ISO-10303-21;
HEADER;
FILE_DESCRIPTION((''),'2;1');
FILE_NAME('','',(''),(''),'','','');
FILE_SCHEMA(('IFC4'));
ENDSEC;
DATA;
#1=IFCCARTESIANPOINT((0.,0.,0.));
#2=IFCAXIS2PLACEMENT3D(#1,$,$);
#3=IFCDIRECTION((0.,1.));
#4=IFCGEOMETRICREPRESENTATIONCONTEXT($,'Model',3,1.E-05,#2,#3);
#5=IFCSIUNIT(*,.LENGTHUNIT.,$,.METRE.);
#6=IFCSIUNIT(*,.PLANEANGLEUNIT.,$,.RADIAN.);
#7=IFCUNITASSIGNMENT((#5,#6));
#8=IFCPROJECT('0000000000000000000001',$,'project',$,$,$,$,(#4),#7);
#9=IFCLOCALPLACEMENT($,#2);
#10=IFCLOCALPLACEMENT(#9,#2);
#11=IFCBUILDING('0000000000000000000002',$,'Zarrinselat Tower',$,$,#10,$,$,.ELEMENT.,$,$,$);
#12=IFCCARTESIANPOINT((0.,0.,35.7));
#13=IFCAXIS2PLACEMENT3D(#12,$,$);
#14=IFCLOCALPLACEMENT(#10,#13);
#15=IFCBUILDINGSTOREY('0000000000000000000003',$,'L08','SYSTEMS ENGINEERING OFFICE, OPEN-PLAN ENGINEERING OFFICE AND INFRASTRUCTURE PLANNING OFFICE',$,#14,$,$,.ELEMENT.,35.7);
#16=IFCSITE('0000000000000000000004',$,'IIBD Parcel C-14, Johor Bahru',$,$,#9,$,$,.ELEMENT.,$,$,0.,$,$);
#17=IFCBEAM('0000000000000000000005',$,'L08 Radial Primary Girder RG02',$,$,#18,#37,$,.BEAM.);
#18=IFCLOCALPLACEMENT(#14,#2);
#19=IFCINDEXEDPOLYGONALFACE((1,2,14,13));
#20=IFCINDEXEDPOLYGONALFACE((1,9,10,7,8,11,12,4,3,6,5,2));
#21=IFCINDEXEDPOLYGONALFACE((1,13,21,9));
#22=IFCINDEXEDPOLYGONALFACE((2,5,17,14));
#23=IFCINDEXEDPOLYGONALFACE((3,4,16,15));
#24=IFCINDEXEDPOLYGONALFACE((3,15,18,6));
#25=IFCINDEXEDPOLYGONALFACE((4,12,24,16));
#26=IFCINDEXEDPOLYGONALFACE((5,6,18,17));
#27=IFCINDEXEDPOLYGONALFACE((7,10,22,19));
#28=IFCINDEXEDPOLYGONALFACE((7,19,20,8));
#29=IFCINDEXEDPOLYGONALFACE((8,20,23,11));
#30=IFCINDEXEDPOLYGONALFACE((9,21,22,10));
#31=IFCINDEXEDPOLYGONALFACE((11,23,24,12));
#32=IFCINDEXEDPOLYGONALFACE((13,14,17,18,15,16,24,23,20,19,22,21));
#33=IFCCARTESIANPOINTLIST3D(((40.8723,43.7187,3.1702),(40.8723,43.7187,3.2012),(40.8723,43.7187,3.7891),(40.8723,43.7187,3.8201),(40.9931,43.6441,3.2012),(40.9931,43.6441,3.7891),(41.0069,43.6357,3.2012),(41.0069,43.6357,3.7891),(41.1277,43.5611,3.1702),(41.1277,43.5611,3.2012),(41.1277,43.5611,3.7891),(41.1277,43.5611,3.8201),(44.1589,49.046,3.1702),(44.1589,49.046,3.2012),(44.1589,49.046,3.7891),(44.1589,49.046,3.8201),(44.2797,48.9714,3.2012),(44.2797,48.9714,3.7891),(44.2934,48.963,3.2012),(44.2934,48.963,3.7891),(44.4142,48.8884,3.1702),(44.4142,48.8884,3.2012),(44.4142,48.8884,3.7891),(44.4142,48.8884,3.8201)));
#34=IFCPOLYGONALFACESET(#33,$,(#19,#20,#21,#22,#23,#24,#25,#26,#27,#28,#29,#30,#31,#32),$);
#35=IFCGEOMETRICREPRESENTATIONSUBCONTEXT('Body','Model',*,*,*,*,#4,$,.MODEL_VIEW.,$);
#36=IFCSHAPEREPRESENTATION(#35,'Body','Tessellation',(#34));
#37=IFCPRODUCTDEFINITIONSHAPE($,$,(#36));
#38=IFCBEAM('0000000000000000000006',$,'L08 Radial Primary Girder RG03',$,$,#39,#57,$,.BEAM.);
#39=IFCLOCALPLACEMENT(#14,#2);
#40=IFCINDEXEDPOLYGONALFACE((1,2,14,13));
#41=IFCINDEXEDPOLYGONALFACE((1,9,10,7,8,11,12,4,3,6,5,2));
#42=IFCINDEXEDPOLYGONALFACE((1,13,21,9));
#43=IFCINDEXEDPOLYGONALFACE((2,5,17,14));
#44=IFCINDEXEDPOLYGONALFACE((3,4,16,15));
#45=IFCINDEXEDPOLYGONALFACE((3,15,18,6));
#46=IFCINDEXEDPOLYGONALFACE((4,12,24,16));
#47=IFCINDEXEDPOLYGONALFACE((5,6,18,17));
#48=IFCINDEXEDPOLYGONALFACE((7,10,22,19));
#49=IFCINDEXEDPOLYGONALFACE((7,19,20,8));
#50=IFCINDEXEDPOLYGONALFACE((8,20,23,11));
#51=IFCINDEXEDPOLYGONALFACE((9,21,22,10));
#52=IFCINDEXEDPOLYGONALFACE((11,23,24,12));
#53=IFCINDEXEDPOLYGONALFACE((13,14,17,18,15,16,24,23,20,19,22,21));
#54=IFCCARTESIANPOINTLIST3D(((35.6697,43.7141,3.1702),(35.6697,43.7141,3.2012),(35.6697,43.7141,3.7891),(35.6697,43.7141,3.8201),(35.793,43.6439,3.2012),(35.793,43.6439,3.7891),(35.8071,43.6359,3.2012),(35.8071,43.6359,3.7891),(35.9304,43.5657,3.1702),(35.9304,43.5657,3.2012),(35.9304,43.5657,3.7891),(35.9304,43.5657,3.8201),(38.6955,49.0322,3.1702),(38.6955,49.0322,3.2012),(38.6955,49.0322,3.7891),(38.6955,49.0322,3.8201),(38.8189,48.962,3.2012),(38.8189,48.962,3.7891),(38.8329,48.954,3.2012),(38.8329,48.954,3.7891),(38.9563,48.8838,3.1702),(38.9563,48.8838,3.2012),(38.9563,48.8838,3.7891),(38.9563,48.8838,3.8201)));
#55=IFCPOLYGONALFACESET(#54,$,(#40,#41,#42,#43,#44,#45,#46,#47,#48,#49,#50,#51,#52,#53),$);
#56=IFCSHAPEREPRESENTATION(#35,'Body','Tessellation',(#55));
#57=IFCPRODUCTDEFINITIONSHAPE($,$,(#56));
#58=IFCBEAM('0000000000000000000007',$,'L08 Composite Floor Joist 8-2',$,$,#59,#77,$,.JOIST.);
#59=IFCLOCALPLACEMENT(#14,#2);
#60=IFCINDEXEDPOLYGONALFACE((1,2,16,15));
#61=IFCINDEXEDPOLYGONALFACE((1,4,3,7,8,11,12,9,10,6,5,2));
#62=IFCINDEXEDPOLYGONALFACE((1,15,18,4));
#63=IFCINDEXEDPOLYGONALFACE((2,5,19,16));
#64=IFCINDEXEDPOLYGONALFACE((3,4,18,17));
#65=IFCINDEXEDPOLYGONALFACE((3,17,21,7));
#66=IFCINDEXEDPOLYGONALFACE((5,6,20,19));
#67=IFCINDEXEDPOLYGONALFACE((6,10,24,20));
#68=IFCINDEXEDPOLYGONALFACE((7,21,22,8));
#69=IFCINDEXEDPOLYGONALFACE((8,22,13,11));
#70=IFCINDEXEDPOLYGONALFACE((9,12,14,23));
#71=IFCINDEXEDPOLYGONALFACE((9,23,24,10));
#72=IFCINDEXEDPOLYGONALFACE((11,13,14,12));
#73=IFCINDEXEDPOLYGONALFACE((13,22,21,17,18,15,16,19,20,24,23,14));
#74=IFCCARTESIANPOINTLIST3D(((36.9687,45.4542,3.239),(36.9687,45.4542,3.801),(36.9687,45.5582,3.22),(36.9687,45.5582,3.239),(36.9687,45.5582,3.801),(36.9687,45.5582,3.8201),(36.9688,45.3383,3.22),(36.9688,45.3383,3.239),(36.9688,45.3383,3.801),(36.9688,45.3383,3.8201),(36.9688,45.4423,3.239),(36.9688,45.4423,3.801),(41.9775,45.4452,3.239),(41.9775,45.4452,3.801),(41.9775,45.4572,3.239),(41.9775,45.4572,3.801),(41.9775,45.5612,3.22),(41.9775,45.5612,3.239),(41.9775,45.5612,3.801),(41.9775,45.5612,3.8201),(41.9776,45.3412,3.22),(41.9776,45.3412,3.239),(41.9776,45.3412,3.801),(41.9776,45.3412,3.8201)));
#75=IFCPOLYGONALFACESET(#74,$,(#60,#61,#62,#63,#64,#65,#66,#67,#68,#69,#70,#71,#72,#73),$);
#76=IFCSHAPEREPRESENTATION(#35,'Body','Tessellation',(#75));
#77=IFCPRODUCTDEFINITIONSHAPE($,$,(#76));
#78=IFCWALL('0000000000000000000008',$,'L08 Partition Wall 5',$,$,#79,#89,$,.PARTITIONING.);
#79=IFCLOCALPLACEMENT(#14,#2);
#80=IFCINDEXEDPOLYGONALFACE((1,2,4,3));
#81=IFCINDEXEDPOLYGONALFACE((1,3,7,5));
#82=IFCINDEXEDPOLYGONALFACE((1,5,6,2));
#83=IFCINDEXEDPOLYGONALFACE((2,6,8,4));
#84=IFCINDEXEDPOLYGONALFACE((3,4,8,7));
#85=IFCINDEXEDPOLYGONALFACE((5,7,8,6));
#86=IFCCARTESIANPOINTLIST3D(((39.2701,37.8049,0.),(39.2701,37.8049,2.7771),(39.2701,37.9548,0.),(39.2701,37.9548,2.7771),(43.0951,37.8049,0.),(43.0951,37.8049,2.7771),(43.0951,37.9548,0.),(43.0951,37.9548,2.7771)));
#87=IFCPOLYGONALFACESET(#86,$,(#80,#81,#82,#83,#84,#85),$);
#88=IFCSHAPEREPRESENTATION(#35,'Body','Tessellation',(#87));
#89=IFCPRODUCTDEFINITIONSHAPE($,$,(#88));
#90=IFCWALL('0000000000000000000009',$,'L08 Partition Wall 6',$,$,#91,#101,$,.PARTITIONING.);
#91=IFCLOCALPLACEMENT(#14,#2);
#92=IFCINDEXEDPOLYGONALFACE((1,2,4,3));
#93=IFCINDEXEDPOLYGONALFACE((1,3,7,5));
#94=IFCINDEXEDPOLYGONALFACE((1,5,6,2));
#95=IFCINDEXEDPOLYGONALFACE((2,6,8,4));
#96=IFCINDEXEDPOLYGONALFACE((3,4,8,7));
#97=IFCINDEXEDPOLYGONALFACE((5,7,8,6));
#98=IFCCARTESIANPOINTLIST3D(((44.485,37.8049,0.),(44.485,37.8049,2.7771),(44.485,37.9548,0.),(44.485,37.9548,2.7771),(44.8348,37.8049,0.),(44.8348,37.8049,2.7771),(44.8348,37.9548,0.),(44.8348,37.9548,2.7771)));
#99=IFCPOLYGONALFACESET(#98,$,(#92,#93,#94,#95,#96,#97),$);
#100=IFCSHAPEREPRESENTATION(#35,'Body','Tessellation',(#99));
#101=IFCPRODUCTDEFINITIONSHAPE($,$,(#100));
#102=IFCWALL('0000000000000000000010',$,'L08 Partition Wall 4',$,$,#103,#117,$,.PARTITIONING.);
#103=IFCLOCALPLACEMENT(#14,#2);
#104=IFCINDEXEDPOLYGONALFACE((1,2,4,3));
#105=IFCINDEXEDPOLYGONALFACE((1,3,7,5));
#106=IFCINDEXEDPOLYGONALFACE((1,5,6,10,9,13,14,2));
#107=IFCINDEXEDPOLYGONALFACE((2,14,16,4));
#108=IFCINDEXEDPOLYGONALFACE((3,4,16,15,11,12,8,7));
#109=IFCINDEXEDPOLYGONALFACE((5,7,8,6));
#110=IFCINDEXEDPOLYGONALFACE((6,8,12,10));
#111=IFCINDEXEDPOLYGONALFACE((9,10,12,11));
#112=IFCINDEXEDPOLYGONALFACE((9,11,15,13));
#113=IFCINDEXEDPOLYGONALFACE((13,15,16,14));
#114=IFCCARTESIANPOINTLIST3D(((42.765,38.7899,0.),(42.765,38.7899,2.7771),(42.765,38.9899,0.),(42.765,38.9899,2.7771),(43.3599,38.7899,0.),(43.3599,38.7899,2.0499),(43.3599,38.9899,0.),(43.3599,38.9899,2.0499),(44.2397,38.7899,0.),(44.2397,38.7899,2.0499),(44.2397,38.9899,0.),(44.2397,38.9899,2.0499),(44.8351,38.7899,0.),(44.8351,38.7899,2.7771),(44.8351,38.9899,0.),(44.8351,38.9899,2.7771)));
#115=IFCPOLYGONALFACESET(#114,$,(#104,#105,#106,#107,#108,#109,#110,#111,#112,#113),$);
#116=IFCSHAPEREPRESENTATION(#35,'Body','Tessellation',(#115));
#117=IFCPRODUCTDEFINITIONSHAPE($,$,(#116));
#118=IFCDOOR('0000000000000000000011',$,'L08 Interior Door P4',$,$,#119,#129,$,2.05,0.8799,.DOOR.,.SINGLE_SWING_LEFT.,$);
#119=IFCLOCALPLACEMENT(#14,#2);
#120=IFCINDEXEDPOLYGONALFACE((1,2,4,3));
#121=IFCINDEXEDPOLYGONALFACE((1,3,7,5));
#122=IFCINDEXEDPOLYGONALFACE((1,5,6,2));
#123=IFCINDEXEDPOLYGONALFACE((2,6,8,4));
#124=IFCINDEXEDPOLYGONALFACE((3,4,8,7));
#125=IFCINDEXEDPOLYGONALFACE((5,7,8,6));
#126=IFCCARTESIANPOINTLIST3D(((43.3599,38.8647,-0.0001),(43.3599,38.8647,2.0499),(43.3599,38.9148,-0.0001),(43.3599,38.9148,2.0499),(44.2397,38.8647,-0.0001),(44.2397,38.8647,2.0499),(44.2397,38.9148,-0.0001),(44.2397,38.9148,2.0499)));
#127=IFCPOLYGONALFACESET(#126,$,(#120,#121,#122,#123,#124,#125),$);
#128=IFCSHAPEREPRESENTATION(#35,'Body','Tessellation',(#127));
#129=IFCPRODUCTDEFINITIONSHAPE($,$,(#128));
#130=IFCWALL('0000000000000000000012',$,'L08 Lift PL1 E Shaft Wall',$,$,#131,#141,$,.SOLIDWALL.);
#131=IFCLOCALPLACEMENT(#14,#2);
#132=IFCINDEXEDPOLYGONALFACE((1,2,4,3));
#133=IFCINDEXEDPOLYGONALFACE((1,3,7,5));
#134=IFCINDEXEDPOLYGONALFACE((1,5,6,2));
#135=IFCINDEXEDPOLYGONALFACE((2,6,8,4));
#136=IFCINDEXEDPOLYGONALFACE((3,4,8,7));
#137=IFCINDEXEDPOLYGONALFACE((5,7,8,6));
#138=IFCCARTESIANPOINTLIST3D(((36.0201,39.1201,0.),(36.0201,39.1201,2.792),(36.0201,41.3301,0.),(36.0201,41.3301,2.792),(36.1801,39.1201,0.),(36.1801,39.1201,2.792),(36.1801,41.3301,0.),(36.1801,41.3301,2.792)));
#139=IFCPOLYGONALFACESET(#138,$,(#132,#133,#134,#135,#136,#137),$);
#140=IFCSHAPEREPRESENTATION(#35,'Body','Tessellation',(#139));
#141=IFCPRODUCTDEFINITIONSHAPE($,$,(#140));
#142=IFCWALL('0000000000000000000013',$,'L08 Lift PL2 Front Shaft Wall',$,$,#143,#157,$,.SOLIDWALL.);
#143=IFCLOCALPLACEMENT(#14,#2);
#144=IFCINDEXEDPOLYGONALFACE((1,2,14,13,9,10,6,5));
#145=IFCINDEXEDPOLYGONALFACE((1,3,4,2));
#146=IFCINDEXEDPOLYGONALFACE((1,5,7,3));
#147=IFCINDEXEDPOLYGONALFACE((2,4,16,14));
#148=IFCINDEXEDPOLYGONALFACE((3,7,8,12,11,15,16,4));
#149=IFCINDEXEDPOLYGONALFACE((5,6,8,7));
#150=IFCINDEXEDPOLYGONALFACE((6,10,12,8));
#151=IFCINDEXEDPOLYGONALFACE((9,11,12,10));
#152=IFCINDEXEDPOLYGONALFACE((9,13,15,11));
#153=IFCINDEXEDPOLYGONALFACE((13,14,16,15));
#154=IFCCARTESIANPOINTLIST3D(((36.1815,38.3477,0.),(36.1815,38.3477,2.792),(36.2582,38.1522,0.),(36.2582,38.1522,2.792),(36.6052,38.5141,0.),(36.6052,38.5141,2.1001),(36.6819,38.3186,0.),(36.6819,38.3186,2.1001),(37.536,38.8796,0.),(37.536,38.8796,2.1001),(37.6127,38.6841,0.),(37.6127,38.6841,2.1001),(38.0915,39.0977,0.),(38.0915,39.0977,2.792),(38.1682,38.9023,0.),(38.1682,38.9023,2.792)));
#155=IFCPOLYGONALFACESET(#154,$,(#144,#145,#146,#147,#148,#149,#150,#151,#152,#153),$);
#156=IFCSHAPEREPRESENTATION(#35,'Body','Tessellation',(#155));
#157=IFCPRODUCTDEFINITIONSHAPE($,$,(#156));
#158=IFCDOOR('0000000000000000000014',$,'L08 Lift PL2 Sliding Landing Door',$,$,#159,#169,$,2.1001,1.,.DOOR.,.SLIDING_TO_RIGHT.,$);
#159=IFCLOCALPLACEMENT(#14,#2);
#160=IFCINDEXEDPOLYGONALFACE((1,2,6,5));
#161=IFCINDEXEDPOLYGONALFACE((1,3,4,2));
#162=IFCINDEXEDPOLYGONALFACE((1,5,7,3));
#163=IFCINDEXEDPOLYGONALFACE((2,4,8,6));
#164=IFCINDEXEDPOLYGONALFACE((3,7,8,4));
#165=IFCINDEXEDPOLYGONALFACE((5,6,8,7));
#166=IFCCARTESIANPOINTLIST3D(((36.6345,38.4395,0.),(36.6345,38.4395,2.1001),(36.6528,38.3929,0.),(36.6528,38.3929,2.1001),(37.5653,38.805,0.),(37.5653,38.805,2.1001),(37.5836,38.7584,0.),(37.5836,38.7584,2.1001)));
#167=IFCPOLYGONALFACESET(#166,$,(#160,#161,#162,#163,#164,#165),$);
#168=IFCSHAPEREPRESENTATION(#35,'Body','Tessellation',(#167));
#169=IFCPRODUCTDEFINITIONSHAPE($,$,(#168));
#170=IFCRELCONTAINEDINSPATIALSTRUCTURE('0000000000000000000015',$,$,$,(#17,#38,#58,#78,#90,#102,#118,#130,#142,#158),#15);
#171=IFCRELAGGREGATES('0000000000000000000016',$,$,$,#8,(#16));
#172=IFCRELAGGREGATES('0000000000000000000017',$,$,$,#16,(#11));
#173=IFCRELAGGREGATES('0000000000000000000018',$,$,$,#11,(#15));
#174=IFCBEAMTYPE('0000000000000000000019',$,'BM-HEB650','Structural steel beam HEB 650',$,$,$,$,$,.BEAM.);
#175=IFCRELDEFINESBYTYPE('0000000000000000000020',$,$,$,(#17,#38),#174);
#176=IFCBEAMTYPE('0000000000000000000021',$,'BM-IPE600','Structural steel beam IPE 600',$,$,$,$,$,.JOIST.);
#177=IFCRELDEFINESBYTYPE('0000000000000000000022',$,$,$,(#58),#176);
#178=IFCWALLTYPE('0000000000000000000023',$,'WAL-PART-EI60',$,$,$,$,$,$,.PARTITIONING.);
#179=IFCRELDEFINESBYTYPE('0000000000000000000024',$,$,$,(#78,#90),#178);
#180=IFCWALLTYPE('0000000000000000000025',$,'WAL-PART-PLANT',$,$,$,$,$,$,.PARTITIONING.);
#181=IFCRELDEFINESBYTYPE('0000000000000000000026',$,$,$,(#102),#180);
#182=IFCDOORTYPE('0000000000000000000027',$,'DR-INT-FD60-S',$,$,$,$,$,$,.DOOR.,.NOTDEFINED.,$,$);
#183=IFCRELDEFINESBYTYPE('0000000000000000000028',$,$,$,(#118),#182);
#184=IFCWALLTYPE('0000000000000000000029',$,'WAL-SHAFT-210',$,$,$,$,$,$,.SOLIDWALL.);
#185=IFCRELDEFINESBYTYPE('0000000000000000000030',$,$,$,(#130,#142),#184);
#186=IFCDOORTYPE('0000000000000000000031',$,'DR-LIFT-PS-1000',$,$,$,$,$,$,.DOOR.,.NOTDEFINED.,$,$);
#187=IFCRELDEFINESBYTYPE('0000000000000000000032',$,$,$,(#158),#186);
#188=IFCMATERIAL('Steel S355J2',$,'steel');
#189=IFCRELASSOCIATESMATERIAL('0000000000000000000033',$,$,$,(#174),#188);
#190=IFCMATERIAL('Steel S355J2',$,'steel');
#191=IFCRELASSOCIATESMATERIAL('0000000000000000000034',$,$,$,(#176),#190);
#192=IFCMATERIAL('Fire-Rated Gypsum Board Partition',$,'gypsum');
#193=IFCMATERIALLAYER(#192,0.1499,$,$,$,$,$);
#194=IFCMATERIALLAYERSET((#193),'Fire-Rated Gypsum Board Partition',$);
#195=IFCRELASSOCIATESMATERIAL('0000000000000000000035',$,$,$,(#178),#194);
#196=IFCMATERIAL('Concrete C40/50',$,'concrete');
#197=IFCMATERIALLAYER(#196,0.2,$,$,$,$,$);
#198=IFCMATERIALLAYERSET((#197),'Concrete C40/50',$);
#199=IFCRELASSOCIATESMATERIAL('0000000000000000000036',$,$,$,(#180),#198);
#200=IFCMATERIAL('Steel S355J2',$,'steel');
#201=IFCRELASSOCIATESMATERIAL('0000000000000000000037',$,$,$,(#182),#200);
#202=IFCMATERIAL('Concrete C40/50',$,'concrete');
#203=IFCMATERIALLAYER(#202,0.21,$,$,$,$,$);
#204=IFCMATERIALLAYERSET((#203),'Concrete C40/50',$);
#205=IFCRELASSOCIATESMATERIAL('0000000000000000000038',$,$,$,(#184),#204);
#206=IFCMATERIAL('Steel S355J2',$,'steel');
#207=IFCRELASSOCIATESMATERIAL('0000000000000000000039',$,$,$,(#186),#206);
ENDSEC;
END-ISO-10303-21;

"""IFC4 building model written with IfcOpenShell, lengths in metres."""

from ifc_helpers import new_model, si_unit, direction, frame, frame_2d, origin, origin_2d, place, context, subcontext, project, spatial, rectangle, i_section, extrude, material, layer, layer_set, material_profile, profile_set, type_object, element, fill, save


model = new_model("IFC4")

# Units and contexts
model_context = context("Model", 3, precision=1e-05, world=origin(), true_north=direction((0.0, 1.0)))
body_context = subcontext(model_context, "Body", "Model", "MODEL_VIEW")
ifc_project = project(units=[si_unit("LENGTHUNIT", "METRE"), si_unit("PLANEANGLEUNIT", "RADIAN")], contexts=[model_context])

# Site, building, storey
site_placement = place(None, origin())
site = spatial("IfcSite", under=ifc_project, at=site_placement, Name="IIBD Parcel C-14, Johor Bahru", CompositionType="ELEMENT", RefElevation=0.0)
building_placement = place(site_placement, origin())
building = spatial("IfcBuilding", under=site, at=building_placement, Name="Zarrinselat Tower", CompositionType="ELEMENT")
storey_placement = place(building_placement, frame((0.0, 0.0, 35.7)))
storey = spatial("IfcBuildingStorey", under=building, at=storey_placement, Name="L08", Description="SYSTEMS ENGINEERING OFFICE, OPEN-PLAN ENGINEERING OFFICE AND INFRASTRUCTURE PLANNING OFFICE", CompositionType="ELEMENT", Elevation=35.7)

# Beams
ifc_material_1 = material(Name="Steel S355J2", Category="steel")
ifc_material_profile_1 = material_profile(ifc_material_1, i_section(OverallWidth=0.3, OverallDepth=0.6499, WebThickness=0.0161, FlangeThickness=0.031, at=origin_2d()), Name="HEB 650")
ifc_profile_set_1 = profile_set([ifc_material_profile_1], Name="Steel S355J2")
beam_type_1 = type_object("IfcBeamType", Name="BM-HEB650", Description="Structural steel beam HEB 650", PredefinedType="BEAM", material=ifc_profile_set_1)
beam_1_placement = place(storey_placement, frame((41.0, 43.6399, 3.4951), z_axis=(0.52505, 0.851071, 0.0), x_axis=(-0.851071, 0.52505, 0.0)))
element("IfcBeam", 1, at=beam_1_placement, inside=storey, type_object=beam_type_1, Name="L08 Radial Primary Girder RG02", PredefinedType="BEAM", context=body_context, shape_type="SweptSolid", body=[
    extrude(i_section(OverallWidth=0.3, OverallDepth=0.6499, WebThickness=0.0161, FlangeThickness=0.031, at=origin_2d()), origin(), (0.0, 0.0, 1.0), 6.2595),
])
beam_2_placement = place(storey_placement, frame((35.8, 43.6399, 3.4951), z_axis=(0.494531, 0.86916, 0.0), x_axis=(-0.86916, 0.494531, 0.0)))
element("IfcBeam", 2, at=beam_2_placement, inside=storey, type_object=beam_type_1, Name="L08 Radial Primary Girder RG03", PredefinedType="BEAM", context=body_context, shape_type="SweptSolid", body=[
    extrude(i_section(OverallWidth=0.3, OverallDepth=0.6499, WebThickness=0.0161, FlangeThickness=0.031, at=origin_2d()), origin(), (0.0, 0.0, 1.0), 6.1187),
])
ifc_material_2 = material(Name="Steel S355J2", Category="steel")
ifc_material_profile_2 = material_profile(ifc_material_2, i_section(OverallWidth=0.22, OverallDepth=0.6001, WebThickness=0.012, FlangeThickness=0.019, at=origin_2d()), Name="IPE 600")
ifc_profile_set_2 = profile_set([ifc_material_profile_2], Name="Steel S355J2")
beam_type_2 = type_object("IfcBeamType", Name="BM-IPE600", Description="Structural steel beam IPE 600", PredefinedType="JOIST", material=ifc_profile_set_2)
beam_3_placement = place(storey_placement, frame((36.9688, 45.4482, 3.52), z_axis=(1.0, 0.000585, 0.0), x_axis=(-0.000585, 1.0, 0.0)))
element("IfcBeam", 3, at=beam_3_placement, inside=storey, type_object=beam_type_2, Name="L08 Composite Floor Joist 8-2", PredefinedType="JOIST", context=body_context, shape_type="SweptSolid", body=[
    extrude(i_section(OverallWidth=0.22, OverallDepth=0.6001, WebThickness=0.012, FlangeThickness=0.019, at=origin_2d()), origin(), (0.0, 0.0, 1.0), 5.0088),
])

# Walls
ifc_material_3 = material(Name="Fire-Rated Gypsum Board Partition", Category="gypsum")
ifc_layer_1 = layer(ifc_material_3, 0.1499)
ifc_layer_set_1 = layer_set([ifc_layer_1], Name="Fire-Rated Gypsum Board Partition")
wall_type_1 = type_object("IfcWallType", Name="WAL-PART-EI60", PredefinedType="PARTITIONING", material=ifc_layer_set_1)
wall_1_placement = place(storey_placement, frame((39.27, 37.8799, 0.0), z_axis=(0.0, 0.0, 1.0), x_axis=(1.0, 0.0, 0.0)))
element("IfcWall", 4, at=wall_1_placement, inside=storey, type_object=wall_type_1, Name="L08 Partition Wall 5", PredefinedType="PARTITIONING", context=body_context, shape_type="SweptSolid", body=[
    extrude(rectangle(XDim=3.825, YDim=0.1499, at=frame_2d((1.9126, 0.0))), origin(), (0.0, 0.0, 1.0), 2.7771),
])
wall_2_placement = place(storey_placement, frame((44.4851, 37.8799, 0.0), z_axis=(0.0, 0.0, 1.0), x_axis=(1.0, 0.0, 0.0)))
element("IfcWall", 5, at=wall_2_placement, inside=storey, type_object=wall_type_1, Name="L08 Partition Wall 6", PredefinedType="PARTITIONING", context=body_context, shape_type="SweptSolid", body=[
    extrude(rectangle(XDim=0.3499, YDim=0.1499, at=frame_2d((0.1748, 0.0))), origin(), (0.0, 0.0, 1.0), 2.7771),
])

# Wall, opening, door
ifc_material_4 = material(Name="Concrete C40/50", Category="concrete")
ifc_layer_2 = layer(ifc_material_4, 0.2)
ifc_layer_set_2 = layer_set([ifc_layer_2], Name="Concrete C40/50")
wall_type_2 = type_object("IfcWallType", Name="WAL-PART-PLANT", PredefinedType="PARTITIONING", material=ifc_layer_set_2)
wall_3_placement = place(storey_placement, frame((42.7649, 38.8899, 0.0), z_axis=(0.0, 0.0, 1.0), x_axis=(1.0, 0.0, 0.0)))
wall_3 = element("IfcWall", 6, at=wall_3_placement, inside=storey, type_object=wall_type_2, Name="L08 Partition Wall 4", PredefinedType="PARTITIONING", context=body_context, shape_type="SweptSolid", body=[
    extrude(rectangle(XDim=2.0701, YDim=0.2, at=frame_2d((1.0352, 0.0))), origin(), (0.0, 0.0, 1.0), 2.7771),
])
opening_1_placement = place(wall_3_placement, frame((0.595, 0.0, 0.0)))
opening_1 = element("IfcOpeningElement", 7, at=opening_1_placement, cuts=wall_3, PredefinedType="OPENING", context=body_context, shape_type="SweptSolid", body=[
    extrude(rectangle(XDim=0.8799, YDim=2.05, at=frame_2d((0.4399, 1.0249))), frame((0.0, 0.1099, 0.0), z_axis=(0.0, -1.0, 0.0), x_axis=(1.0, 0.0, 0.0)), (0.0, 0.0, 1.0), 0.22),
])
ifc_material_5 = material(Name="Steel S355J2", Category="steel")
door_type_1 = type_object("IfcDoorType", Name="DR-INT-FD60-S", OperationType="NOTDEFINED", PredefinedType="DOOR", material=ifc_material_5)
door_1_placement = place(opening_1_placement, origin())
door_1 = element("IfcDoor", 8, at=door_1_placement, inside=storey, type_object=door_type_1, Name="L08 Interior Door P4", OperationType="SINGLE_SWING_LEFT", OverallHeight=2.05, OverallWidth=0.8799, PredefinedType="DOOR", context=body_context, shape_type="SweptSolid", body=[
    extrude(rectangle(XDim=0.8799, YDim=2.05, at=frame_2d((0.4399, 1.0249))), frame((0.0, 0.0249, 0.0), z_axis=(0.0, -1.0, 0.0), x_axis=(1.0, 0.0, 0.0)), (0.0, 0.0, 1.0), 0.05),
])
fill(opening_1, door_1)

# Wall
ifc_material_6 = material(Name="Concrete C40/50", Category="concrete")
ifc_layer_3 = layer(ifc_material_6, 0.21)
ifc_layer_set_3 = layer_set([ifc_layer_3], Name="Concrete C40/50")
wall_type_3 = type_object("IfcWallType", Name="WAL-SHAFT-210", PredefinedType="SOLIDWALL", material=ifc_layer_set_3)
wall_4_placement = place(storey_placement, frame((36.1001, 39.1201, 0.0), z_axis=(0.0, 0.0, 1.0), x_axis=(0.0, 1.0, 0.0)))
element("IfcWall", 9, at=wall_4_placement, inside=storey, type_object=wall_type_3, Name="L08 Lift PL1 E Shaft Wall", PredefinedType="SOLIDWALL", context=body_context, shape_type="SweptSolid", body=[
    extrude(rectangle(XDim=2.21, YDim=0.1599, at=frame_2d((1.105, 0.0))), origin(), (0.0, 0.0, 1.0), 2.792),
])

# Wall, opening, door
wall_5_placement = place(storey_placement, frame((36.22, 38.25, 0.0), z_axis=(0.0, 0.0, 1.0), x_axis=(0.930805, 0.365516, 0.0)))
wall_5 = element("IfcWall", 10, at=wall_5_placement, inside=storey, type_object=wall_type_3, Name="L08 Lift PL2 Front Shaft Wall", PredefinedType="SOLIDWALL", context=body_context, shape_type="SweptSolid", body=[
    extrude(rectangle(XDim=2.052, YDim=0.21, at=frame_2d((1.0259, 0.0))), origin(), (0.0, 0.0, 1.0), 2.792),
])
opening_2_placement = place(wall_5_placement, frame((0.4551, 0.0, 0.0)))
opening_2 = element("IfcOpeningElement", 11, at=opening_2_placement, cuts=wall_5, PredefinedType="OPENING", context=body_context, shape_type="SweptSolid", body=[
    extrude(rectangle(XDim=1.0, YDim=2.1001, at=frame_2d((0.5, 1.05))), frame((0.0, 0.115, 0.0), z_axis=(0.0, -1.0, 0.0), x_axis=(1.0, 0.0, 0.0)), (0.0, 0.0, 1.0), 0.23),
])
ifc_material_7 = material(Name="Steel S355J2", Category="steel")
door_type_2 = type_object("IfcDoorType", Name="DR-LIFT-PS-1000", OperationType="NOTDEFINED", PredefinedType="DOOR", material=ifc_material_7)
door_2_placement = place(opening_2_placement, origin())
door_2 = element("IfcDoor", 12, at=door_2_placement, inside=storey, type_object=door_type_2, Name="L08 Lift PL2 Sliding Landing Door", OperationType="SLIDING_TO_RIGHT", OverallHeight=2.1001, OverallWidth=1.0, PredefinedType="DOOR", context=body_context, shape_type="SweptSolid", body=[
    extrude(rectangle(XDim=1.0, YDim=2.1001, at=frame_2d((0.5, 1.05))), frame((0.0, 0.0249, 0.0), z_axis=(0.0, -1.0, 0.0), x_axis=(1.0, 0.0, 0.0)), (0.0, 0.0, 1.0), 0.05),
])
fill(opening_2, door_2)

save(model, "model.ifc")
